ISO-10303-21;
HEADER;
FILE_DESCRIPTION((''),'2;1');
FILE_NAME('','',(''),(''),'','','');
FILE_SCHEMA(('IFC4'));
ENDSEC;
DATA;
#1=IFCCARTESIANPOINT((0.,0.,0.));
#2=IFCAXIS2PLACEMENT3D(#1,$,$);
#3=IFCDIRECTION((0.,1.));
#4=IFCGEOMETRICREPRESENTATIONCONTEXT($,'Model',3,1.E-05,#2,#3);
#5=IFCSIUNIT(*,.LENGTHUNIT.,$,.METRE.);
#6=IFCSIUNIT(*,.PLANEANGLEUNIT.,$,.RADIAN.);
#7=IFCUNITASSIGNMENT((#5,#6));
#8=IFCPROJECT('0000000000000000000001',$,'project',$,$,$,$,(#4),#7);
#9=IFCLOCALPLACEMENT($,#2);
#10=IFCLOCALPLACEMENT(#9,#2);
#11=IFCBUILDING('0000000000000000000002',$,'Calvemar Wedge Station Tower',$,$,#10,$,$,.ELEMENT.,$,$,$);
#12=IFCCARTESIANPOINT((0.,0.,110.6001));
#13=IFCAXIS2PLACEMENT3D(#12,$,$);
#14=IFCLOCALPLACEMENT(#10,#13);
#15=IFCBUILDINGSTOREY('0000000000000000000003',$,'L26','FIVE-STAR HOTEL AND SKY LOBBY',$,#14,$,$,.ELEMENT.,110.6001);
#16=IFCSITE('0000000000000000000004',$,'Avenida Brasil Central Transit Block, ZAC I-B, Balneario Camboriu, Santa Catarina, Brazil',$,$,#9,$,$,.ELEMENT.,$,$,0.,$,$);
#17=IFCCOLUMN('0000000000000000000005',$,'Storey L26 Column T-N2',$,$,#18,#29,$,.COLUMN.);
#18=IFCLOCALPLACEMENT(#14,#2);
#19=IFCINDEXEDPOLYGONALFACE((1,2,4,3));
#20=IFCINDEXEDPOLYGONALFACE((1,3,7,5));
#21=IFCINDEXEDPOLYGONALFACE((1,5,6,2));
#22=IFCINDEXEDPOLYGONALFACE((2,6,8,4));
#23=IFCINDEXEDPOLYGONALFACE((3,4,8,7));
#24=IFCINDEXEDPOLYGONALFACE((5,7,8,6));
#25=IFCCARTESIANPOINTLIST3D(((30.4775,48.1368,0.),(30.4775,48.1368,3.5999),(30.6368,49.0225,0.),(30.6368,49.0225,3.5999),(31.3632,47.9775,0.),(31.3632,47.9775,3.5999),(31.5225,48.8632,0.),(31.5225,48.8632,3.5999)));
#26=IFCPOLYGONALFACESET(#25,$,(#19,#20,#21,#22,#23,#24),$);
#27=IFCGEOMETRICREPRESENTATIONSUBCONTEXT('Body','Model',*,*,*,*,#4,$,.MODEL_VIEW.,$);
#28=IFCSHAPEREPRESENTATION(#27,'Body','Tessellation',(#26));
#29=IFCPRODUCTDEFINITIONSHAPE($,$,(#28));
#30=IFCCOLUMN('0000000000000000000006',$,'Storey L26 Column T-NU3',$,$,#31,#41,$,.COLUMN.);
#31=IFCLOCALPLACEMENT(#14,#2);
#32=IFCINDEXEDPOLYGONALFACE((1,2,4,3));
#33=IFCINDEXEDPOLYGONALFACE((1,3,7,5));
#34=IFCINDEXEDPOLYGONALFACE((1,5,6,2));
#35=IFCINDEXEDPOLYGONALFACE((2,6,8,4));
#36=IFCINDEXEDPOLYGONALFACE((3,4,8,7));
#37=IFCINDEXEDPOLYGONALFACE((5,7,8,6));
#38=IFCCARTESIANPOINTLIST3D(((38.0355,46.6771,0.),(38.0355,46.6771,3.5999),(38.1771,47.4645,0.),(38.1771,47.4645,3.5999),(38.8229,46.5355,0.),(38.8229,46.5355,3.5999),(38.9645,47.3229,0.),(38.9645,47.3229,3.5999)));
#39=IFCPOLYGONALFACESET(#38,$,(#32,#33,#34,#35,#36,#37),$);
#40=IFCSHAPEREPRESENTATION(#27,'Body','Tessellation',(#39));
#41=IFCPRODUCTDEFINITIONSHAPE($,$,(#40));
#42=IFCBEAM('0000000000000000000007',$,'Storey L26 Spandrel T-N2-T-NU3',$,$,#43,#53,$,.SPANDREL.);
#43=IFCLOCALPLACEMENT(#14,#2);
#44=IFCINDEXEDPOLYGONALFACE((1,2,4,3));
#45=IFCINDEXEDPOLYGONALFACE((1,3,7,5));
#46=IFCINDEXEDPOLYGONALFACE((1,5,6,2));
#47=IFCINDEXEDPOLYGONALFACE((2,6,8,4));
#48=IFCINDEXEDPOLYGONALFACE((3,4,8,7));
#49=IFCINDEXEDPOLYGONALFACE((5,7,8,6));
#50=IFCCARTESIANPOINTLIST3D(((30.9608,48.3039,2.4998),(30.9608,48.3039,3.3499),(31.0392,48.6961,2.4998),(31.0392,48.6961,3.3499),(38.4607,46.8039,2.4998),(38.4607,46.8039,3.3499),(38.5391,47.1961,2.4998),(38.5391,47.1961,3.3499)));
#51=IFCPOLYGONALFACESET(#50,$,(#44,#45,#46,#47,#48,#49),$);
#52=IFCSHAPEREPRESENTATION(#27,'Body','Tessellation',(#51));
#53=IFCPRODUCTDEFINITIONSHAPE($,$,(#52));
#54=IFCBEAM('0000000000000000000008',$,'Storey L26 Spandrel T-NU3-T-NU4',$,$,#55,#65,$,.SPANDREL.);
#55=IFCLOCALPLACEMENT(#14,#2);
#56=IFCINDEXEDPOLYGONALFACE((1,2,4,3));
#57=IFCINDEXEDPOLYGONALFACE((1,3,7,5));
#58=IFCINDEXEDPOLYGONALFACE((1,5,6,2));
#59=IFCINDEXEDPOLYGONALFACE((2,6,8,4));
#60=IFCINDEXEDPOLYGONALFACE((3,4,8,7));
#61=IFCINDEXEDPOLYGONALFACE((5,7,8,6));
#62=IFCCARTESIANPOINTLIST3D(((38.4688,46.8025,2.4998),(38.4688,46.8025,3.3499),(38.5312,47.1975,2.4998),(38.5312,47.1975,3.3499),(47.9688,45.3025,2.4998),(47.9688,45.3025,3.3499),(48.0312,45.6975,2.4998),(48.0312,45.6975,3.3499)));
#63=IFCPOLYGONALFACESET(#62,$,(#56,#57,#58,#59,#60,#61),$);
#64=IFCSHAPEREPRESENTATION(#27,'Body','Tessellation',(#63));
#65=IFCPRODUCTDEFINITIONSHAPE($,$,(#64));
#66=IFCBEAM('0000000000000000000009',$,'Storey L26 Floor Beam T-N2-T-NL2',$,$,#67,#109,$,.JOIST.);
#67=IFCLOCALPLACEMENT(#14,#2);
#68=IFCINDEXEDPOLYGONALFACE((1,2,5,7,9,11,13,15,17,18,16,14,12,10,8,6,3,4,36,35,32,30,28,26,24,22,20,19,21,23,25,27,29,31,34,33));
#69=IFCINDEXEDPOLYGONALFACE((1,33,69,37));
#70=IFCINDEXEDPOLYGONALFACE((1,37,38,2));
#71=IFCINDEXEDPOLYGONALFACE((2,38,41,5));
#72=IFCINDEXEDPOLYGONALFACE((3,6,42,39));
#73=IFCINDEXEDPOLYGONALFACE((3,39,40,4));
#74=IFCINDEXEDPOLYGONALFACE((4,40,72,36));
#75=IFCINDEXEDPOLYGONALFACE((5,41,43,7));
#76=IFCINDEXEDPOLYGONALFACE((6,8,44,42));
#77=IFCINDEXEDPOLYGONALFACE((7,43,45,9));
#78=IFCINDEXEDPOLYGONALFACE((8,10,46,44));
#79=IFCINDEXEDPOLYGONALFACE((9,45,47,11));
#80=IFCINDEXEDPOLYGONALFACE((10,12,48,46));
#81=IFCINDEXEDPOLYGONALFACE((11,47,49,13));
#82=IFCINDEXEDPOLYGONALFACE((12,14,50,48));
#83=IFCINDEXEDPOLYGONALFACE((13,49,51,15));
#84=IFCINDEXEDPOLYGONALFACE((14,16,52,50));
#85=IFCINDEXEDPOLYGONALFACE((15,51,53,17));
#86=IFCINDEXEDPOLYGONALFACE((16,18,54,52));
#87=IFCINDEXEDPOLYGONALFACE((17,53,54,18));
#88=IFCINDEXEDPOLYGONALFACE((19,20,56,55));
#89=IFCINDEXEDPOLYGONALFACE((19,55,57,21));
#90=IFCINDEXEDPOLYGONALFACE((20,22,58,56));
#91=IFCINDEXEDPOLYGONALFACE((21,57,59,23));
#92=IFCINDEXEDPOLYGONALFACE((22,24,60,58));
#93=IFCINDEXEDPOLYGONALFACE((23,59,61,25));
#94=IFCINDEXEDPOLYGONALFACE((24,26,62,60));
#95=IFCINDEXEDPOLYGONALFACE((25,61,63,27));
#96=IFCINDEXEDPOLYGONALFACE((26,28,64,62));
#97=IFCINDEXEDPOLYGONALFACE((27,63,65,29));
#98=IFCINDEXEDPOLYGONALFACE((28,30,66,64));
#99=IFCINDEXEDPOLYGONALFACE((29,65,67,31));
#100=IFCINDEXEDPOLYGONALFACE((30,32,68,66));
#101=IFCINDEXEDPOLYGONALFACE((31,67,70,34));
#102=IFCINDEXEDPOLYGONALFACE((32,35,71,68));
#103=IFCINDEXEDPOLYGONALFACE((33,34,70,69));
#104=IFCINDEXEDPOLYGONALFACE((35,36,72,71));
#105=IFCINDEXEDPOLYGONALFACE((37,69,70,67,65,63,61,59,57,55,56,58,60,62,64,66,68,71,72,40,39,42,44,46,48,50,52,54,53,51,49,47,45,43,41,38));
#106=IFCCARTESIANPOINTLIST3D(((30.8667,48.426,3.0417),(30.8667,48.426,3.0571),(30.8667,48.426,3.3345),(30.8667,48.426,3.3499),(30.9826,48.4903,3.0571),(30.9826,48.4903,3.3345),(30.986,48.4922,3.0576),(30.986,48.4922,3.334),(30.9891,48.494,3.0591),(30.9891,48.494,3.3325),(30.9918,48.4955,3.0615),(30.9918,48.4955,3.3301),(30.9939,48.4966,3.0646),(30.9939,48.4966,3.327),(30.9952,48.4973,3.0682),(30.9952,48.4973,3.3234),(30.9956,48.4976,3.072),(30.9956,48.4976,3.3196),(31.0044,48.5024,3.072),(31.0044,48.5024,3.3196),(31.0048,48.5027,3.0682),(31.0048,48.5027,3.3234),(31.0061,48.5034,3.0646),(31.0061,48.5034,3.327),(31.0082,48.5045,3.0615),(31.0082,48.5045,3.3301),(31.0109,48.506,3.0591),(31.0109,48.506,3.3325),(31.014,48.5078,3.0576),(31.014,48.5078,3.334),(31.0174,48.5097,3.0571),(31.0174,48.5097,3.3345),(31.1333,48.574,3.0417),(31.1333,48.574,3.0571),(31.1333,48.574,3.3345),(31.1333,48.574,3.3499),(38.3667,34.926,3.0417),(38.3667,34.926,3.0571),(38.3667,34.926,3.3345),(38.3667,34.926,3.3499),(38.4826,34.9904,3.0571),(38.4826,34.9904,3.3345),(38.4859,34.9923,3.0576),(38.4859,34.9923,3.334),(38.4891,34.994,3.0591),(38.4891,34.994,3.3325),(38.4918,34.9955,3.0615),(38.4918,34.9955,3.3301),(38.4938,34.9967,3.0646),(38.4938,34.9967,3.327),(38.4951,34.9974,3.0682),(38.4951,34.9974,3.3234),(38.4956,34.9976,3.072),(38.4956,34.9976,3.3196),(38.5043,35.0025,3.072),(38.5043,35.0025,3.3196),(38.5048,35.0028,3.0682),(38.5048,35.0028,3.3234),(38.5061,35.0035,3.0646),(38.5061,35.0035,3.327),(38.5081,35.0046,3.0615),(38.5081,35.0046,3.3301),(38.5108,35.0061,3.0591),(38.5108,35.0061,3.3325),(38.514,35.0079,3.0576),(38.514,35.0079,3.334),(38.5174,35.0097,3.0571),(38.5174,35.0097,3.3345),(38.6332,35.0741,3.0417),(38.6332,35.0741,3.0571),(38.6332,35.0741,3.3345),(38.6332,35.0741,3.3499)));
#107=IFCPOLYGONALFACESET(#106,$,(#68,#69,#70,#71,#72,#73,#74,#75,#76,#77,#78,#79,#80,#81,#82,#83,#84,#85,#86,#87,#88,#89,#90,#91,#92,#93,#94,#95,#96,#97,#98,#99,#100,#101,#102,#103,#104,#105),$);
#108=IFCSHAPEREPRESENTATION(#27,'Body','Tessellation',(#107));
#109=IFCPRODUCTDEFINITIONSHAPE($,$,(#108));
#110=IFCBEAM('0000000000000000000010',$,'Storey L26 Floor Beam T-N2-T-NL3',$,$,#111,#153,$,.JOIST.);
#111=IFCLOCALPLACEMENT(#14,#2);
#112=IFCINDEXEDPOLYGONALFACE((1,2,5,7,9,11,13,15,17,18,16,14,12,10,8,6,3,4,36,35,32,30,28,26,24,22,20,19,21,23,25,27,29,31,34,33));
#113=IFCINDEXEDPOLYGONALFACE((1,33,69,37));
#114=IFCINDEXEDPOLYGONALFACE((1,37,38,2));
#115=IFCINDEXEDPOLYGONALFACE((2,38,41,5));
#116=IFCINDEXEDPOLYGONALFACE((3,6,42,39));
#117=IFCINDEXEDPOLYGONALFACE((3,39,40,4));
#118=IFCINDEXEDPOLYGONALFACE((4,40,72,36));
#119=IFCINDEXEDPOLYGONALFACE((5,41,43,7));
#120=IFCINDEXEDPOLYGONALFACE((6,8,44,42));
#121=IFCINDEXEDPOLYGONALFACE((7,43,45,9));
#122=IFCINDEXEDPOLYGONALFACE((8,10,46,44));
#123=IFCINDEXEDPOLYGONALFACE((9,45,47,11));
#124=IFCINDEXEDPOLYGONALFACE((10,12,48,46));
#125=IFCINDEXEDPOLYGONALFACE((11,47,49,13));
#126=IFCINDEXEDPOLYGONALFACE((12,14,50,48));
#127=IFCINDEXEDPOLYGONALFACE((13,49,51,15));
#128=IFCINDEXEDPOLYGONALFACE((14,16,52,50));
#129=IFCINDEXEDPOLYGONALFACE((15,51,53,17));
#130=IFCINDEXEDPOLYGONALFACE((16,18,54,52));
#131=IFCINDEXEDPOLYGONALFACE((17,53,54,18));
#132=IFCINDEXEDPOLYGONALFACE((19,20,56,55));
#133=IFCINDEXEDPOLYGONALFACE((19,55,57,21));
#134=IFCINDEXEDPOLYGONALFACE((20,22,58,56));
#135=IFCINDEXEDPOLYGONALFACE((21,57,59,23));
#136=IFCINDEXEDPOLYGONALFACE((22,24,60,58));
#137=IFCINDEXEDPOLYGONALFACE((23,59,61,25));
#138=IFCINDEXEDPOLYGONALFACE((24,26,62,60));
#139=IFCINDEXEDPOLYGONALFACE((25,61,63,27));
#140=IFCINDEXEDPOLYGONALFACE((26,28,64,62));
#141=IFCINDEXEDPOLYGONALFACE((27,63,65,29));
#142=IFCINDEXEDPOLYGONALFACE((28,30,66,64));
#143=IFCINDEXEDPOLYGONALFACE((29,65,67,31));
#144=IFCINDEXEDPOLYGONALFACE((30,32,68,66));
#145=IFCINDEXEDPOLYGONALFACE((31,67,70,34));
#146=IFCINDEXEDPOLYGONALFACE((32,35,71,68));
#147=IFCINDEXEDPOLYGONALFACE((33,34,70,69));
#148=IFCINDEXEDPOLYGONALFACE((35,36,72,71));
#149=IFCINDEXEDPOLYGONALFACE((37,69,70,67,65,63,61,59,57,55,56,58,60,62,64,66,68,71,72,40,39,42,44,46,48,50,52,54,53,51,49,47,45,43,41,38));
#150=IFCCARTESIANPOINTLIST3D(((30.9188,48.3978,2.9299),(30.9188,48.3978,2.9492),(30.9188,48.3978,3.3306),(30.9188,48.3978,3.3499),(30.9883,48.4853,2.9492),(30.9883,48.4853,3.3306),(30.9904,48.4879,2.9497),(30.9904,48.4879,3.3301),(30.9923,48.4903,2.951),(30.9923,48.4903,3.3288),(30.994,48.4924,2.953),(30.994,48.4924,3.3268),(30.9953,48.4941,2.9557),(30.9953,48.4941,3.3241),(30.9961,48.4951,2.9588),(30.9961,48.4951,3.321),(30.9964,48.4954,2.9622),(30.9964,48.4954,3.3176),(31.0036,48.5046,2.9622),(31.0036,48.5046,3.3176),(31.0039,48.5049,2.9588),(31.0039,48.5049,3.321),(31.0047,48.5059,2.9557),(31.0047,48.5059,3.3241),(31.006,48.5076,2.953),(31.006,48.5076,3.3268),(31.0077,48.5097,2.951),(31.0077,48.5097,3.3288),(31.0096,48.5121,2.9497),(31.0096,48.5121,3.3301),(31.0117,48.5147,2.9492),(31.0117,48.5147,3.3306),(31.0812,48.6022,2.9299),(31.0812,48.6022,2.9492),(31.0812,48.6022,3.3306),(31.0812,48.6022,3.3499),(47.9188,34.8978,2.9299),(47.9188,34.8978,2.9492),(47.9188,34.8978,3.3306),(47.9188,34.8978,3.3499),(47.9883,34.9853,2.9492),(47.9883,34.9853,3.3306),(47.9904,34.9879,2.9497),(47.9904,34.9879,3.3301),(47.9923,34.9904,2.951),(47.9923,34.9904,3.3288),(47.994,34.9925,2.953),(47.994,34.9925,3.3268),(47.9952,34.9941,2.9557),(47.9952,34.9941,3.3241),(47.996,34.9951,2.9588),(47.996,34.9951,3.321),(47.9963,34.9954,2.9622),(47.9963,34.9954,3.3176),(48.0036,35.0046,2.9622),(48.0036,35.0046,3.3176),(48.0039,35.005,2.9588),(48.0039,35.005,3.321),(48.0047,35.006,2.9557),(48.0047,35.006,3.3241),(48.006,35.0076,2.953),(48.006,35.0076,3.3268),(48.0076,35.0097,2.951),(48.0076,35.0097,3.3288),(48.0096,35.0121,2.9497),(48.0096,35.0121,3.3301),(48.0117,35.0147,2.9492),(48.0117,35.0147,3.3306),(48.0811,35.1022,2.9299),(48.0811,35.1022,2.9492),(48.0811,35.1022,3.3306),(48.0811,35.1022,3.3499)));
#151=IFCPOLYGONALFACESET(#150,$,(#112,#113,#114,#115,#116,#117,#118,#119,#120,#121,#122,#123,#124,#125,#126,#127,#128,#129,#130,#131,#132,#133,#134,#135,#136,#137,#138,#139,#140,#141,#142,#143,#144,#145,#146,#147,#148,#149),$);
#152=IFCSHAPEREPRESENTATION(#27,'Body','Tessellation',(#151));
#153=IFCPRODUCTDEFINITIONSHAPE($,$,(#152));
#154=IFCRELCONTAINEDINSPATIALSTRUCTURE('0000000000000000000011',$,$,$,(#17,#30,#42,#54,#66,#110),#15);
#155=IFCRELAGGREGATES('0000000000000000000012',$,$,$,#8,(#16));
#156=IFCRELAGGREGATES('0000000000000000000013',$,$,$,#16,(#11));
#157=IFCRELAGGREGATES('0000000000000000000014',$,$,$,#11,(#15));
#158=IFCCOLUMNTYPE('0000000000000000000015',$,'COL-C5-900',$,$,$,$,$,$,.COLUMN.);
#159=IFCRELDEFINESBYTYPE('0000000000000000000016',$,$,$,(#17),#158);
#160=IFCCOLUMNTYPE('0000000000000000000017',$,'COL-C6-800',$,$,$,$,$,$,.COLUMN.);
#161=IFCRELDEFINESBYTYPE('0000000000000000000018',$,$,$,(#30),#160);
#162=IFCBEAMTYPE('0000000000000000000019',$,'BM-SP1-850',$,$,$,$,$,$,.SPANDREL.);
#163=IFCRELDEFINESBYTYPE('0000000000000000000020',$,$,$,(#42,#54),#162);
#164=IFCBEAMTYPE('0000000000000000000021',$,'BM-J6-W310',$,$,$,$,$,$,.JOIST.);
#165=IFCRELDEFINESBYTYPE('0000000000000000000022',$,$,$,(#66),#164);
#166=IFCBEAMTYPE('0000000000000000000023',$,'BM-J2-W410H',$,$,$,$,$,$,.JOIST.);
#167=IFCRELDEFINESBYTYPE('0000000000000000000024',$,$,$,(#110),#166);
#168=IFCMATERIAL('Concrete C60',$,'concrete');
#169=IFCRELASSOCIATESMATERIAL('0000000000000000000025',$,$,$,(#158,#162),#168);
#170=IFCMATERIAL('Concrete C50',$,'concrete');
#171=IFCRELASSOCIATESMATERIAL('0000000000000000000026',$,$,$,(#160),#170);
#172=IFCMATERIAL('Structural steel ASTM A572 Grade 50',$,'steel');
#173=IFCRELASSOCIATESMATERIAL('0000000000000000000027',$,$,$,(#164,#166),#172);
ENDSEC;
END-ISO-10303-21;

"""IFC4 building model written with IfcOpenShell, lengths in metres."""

from ifc_helpers import new_model, si_unit, direction, frame, origin, origin_2d, place, context, subcontext, project, spatial, rectangle, i_section, extrude, source, transform, mapped, material, material_profile, profile_set, type_object, element, save


model = new_model("IFC4")

# Units and contexts
model_context = context("Model", 3, precision=1e-05, world=origin(), true_north=direction((0.0, 1.0)))
body_context = subcontext(model_context, "Body", "Model", "MODEL_VIEW")
ifc_project = project(units=[si_unit("LENGTHUNIT", "METRE"), si_unit("PLANEANGLEUNIT", "RADIAN")], contexts=[model_context])

# Site, building, storey
site_placement = place(None, origin())
site = spatial("IfcSite", under=ifc_project, at=site_placement, Name="Avenida Brasil Central Transit Block, ZAC I-B, Balneario Camboriu, Santa Catarina, Brazil", CompositionType="ELEMENT", RefElevation=0.0)
building_placement = place(site_placement, origin())
building = spatial("IfcBuilding", under=site, at=building_placement, Name="Calvemar Wedge Station Tower", CompositionType="ELEMENT")
storey_placement = place(building_placement, frame((0.0, 0.0, 110.6001)))
storey = spatial("IfcBuildingStorey", under=building, at=storey_placement, Name="L26", Description="FIVE-STAR HOTEL AND SKY LOBBY", CompositionType="ELEMENT", Elevation=110.6001)

# Columns
ifc_material_1 = material(Name="Concrete C60", Category="concrete")
ifc_material_profile_1 = material_profile(ifc_material_1, rectangle(XDim=0.8999, YDim=0.8999, at=origin_2d()), Name="RC900x900")
ifc_profile_set_1 = profile_set([ifc_material_profile_1], Name="Concrete C60")
column_type_1 = type_object("IfcColumnType", Name="COL-C5-900", PredefinedType="COLUMN", material=ifc_profile_set_1)
shared_shape_1 = source(origin(), body_context, "Body", "SweptSolid", [
    extrude(rectangle(XDim=0.8999, YDim=0.8999, at=origin_2d()), origin(), (0.0, 0.0, 1.0), 3.5999),
])
column_1_placement = place(storey_placement, frame((31.0, 48.5, 0.0), z_axis=(0.0, 0.0, 1.0), x_axis=(0.984196, -0.177085, 0.0)))
element("IfcColumn", 1, at=column_1_placement, inside=storey, type_object=column_type_1, Name="Storey L26 Column T-N2", PredefinedType="COLUMN", context=body_context, shape_type="MappedRepresentation", body=[
    mapped(shared_shape_1, transform((0.0, 0.0, 0.0), scale=1.0)),
])
ifc_material_2 = material(Name="Concrete C50", Category="concrete")
ifc_material_profile_2 = material_profile(ifc_material_2, rectangle(XDim=0.8, YDim=0.8, at=origin_2d()), Name="RC800x800")
ifc_profile_set_2 = profile_set([ifc_material_profile_2], Name="Concrete C50")
column_type_2 = type_object("IfcColumnType", Name="COL-C6-800", PredefinedType="COLUMN", material=ifc_profile_set_2)
shared_shape_2 = source(origin(), body_context, "Body", "SweptSolid", [
    extrude(rectangle(XDim=0.8, YDim=0.8, at=origin_2d()), origin(), (0.0, 0.0, 1.0), 3.5999),
])
column_2_placement = place(storey_placement, frame((38.5, 47.0, 0.0), z_axis=(0.0, 0.0, 1.0), x_axis=(0.984196, -0.177085, 0.0)))
element("IfcColumn", 2, at=column_2_placement, inside=storey, type_object=column_type_2, Name="Storey L26 Column T-NU3", PredefinedType="COLUMN", context=body_context, shape_type="MappedRepresentation", body=[
    mapped(shared_shape_2, transform((0.0, 0.0, 0.0), scale=1.0)),
])

# Beams
ifc_material_profile_3 = material_profile(ifc_material_1, rectangle(XDim=0.3999, YDim=0.8501, at=origin_2d()), Name="RC400x850")
ifc_profile_set_3 = profile_set([ifc_material_profile_3], Name="Concrete C60")
beam_type_1 = type_object("IfcBeamType", Name="BM-SP1-850", PredefinedType="SPANDREL", material=ifc_profile_set_3)
shared_shape_3 = source(origin(), body_context, "Body", "SweptSolid", [
    extrude(rectangle(XDim=0.3999, YDim=0.8501, at=origin_2d()), origin(), (0.0, 0.0, 1.0), 7.6484),
])
beam_1_placement = place(storey_placement, frame((31.0, 48.5, 2.9248), z_axis=(0.980581, -0.196116, 0.0), x_axis=(0.196116, 0.980581, 0.0)))
element("IfcBeam", 3, at=beam_1_placement, inside=storey, type_object=beam_type_1, Name="Storey L26 Spandrel T-N2-T-NU3", PredefinedType="SPANDREL", context=body_context, shape_type="MappedRepresentation", body=[
    mapped(shared_shape_3, transform((0.0, 0.0, 0.0), scale=1.0)),
])
shared_shape_4 = source(origin(), body_context, "Body", "SweptSolid", [
    extrude(rectangle(XDim=0.3999, YDim=0.8501, at=origin_2d()), origin(), (0.0, 0.0, 1.0), 9.6177),
])
beam_2_placement = place(storey_placement, frame((38.5, 47.0, 2.9248), z_axis=(0.987763, -0.155963, 0.0), x_axis=(0.155963, 0.987763, 0.0)))
element("IfcBeam", 4, at=beam_2_placement, inside=storey, type_object=beam_type_1, Name="Storey L26 Spandrel T-NU3-T-NU4", PredefinedType="SPANDREL", context=body_context, shape_type="MappedRepresentation", body=[
    mapped(shared_shape_4, transform((0.0, 0.0, 0.0), scale=1.0)),
])
ifc_material_3 = material(Name="Structural steel ASTM A572 Grade 50", Category="steel")
ifc_material_profile_4 = material_profile(ifc_material_3, i_section(OverallWidth=0.3049, OverallDepth=0.3081, WebThickness=0.01, FlangeThickness=0.0154, FilletRadius=0.0149, at=origin_2d()), Name="W310x97")
ifc_profile_set_4 = profile_set([ifc_material_profile_4], Name="Structural steel ASTM A572 Grade 50")
beam_type_2 = type_object("IfcBeamType", Name="BM-J6-W310", PredefinedType="JOIST", material=ifc_profile_set_4)
shared_shape_5 = source(origin(), body_context, "Body", "SweptSolid", [
    extrude(i_section(OverallWidth=0.3049, OverallDepth=0.3081, WebThickness=0.01, FlangeThickness=0.0154, FilletRadius=0.0149, at=origin_2d()), origin(), (0.0, 0.0, 1.0), 15.4434),
])
beam_3_placement = place(storey_placement, frame((31.0, 48.5, 3.1958), z_axis=(0.485643, -0.874157, 0.0), x_axis=(0.874157, 0.485643, 0.0)))
element("IfcBeam", 5, at=beam_3_placement, inside=storey, type_object=beam_type_2, Name="Storey L26 Floor Beam T-N2-T-NL2", PredefinedType="JOIST", context=body_context, shape_type="MappedRepresentation", body=[
    mapped(shared_shape_5, transform((0.0, 0.0, 0.0), scale=1.0)),
])
ifc_material_profile_5 = material_profile(ifc_material_3, i_section(OverallWidth=0.261, OverallDepth=0.4199, WebThickness=0.0117, FlangeThickness=0.0193, FilletRadius=0.0129, at=origin_2d()), Name="W410x114")
ifc_profile_set_5 = profile_set([ifc_material_profile_5], Name="Structural steel ASTM A572 Grade 50")
beam_type_3 = type_object("IfcBeamType", Name="BM-J2-W410H", PredefinedType="JOIST", material=ifc_profile_set_5)
shared_shape_6 = source(origin(), body_context, "Body", "SweptSolid", [
    extrude(i_section(OverallWidth=0.261, OverallDepth=0.4199, WebThickness=0.0117, FlangeThickness=0.0193, FilletRadius=0.0129, at=origin_2d()), origin(), (0.0, 0.0, 1.0), 21.7083),
])
beam_4_placement = place(storey_placement, frame((31.0, 48.5, 3.1399), z_axis=(0.783111, -0.621882, 0.0), x_axis=(0.621882, 0.783111, 0.0)))
element("IfcBeam", 6, at=beam_4_placement, inside=storey, type_object=beam_type_3, Name="Storey L26 Floor Beam T-N2-T-NL3", PredefinedType="JOIST", context=body_context, shape_type="MappedRepresentation", body=[
    mapped(shared_shape_6, transform((0.0, 0.0, 0.0), scale=1.0)),
])

save(model, "model.ifc")
